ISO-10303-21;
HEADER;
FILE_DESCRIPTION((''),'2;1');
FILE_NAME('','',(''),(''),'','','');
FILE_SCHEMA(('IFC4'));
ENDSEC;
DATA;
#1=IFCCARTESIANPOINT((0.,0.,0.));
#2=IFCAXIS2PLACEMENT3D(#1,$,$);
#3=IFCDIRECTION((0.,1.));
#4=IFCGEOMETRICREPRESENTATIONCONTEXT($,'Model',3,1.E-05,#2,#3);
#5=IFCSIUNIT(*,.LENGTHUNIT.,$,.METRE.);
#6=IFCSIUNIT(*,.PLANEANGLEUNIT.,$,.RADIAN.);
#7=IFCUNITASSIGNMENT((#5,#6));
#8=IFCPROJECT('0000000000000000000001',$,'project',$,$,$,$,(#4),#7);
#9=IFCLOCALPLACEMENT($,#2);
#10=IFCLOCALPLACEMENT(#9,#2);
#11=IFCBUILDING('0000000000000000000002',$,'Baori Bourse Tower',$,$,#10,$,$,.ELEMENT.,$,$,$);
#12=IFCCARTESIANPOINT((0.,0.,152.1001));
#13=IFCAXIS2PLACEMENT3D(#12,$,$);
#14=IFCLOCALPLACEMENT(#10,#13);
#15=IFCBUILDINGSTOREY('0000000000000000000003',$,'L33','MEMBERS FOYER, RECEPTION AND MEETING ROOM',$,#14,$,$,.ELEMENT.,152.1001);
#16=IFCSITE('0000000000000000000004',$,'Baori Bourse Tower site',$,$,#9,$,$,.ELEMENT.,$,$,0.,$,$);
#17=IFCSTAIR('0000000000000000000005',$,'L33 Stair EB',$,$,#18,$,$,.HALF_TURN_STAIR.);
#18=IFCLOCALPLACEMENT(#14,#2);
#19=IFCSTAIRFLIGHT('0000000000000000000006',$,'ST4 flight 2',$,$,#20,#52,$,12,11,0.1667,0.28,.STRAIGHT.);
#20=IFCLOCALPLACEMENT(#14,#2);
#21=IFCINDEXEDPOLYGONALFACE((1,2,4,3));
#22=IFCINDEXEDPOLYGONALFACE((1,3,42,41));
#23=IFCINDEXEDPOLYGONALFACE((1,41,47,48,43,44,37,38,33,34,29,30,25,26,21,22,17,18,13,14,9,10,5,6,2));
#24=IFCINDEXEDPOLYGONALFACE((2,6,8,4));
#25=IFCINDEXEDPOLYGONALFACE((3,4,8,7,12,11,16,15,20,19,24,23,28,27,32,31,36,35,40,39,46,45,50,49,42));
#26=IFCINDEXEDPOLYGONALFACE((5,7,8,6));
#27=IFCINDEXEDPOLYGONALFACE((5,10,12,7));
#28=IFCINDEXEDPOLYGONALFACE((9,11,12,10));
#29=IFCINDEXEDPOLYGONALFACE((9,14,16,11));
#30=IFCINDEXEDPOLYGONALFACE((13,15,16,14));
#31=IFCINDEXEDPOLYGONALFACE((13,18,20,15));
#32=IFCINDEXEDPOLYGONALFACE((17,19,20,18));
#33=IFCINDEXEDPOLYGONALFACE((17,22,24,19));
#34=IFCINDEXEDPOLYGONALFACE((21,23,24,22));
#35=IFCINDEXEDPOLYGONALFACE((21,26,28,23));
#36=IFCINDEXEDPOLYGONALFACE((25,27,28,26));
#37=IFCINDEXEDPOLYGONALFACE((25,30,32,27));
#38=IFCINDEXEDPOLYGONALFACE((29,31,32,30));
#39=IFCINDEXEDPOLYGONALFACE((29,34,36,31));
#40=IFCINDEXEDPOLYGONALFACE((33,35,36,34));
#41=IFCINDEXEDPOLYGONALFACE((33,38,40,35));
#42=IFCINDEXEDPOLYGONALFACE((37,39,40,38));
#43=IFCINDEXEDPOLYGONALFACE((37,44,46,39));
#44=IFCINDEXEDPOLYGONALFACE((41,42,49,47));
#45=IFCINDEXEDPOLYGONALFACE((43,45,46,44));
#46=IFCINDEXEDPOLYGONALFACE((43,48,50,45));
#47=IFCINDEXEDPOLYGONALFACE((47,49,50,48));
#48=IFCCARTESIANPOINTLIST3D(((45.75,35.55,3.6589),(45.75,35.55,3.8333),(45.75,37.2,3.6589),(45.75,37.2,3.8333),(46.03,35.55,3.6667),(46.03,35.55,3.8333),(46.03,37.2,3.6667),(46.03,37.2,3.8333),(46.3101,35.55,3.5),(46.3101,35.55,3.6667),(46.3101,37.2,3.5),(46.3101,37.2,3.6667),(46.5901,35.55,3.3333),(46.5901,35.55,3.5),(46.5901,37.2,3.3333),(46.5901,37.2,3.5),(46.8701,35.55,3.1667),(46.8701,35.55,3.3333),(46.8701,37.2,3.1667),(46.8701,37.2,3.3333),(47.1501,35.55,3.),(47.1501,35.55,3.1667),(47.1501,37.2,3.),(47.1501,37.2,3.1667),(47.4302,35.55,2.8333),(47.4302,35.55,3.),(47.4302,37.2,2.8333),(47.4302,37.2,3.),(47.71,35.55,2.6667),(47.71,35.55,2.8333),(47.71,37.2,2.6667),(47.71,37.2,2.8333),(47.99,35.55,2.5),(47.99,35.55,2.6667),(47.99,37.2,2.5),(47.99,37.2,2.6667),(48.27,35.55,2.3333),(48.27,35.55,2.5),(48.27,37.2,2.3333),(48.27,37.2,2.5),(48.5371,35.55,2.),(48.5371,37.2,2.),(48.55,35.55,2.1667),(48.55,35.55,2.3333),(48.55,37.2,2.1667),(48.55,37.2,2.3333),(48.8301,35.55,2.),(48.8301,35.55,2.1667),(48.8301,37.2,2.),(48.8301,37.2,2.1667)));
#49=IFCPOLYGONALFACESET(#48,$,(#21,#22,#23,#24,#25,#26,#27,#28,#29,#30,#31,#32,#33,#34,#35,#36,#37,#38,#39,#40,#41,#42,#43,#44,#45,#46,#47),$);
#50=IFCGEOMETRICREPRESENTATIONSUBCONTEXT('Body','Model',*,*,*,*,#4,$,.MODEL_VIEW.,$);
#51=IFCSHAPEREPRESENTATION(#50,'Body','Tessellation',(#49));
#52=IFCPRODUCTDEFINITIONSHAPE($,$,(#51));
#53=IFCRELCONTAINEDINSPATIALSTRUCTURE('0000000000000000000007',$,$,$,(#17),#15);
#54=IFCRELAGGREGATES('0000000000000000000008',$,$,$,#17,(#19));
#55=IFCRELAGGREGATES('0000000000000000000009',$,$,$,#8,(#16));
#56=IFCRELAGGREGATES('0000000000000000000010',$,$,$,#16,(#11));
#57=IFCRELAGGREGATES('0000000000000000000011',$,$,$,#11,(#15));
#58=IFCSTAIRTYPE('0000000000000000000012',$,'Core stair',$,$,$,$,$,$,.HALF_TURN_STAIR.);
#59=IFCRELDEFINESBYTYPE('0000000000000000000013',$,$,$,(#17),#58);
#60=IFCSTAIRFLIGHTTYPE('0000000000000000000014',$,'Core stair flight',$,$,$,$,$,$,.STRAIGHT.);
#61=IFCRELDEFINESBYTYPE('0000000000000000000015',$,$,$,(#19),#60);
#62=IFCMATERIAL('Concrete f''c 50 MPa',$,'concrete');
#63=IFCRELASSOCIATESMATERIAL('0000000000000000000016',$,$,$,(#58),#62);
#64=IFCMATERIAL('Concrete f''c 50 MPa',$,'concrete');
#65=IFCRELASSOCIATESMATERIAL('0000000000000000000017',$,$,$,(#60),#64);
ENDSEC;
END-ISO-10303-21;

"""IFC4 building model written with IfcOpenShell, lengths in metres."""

from ifc_helpers import new_model, si_unit, direction, frame, origin, place, context, subcontext, project, spatial, polyline, outline, extrude, material, type_object, element, aggregate, save


model = new_model("IFC4")

# Units and contexts
model_context = context("Model", 3, precision=1e-05, world=origin(), true_north=direction((0.0, 1.0)))
body_context = subcontext(model_context, "Body", "Model", "MODEL_VIEW")
ifc_project = project(units=[si_unit("LENGTHUNIT", "METRE"), si_unit("PLANEANGLEUNIT", "RADIAN")], contexts=[model_context])

# Site, building, storey
site_placement = place(None, origin())
site = spatial("IfcSite", under=ifc_project, at=site_placement, Name="Baori Bourse Tower site", CompositionType="ELEMENT", RefElevation=0.0)
building_placement = place(site_placement, origin())
building = spatial("IfcBuilding", under=site, at=building_placement, Name="Baori Bourse Tower", CompositionType="ELEMENT")
storey_placement = place(building_placement, frame((0.0, 0.0, 152.1001)))
storey = spatial("IfcBuildingStorey", under=building, at=storey_placement, Name="L33", Description="MEMBERS FOYER, RECEPTION AND MEETING ROOM", CompositionType="ELEMENT", Elevation=152.1001)

# Stair, stair flight
ifc_material_1 = material(Name="Concrete f'c 50 MPa", Category="concrete")
stair_type = type_object("IfcStairType", Name="Core stair", PredefinedType="HALF_TURN_STAIR", material=ifc_material_1)
stair_placement = place(storey_placement, origin())
stair = element("IfcStair", 1, at=stair_placement, inside=storey, type_object=stair_type, Name="L33 Stair EB", PredefinedType="HALF_TURN_STAIR")
ifc_material_2 = material(Name="Concrete f'c 50 MPa", Category="concrete")
stair_flight_type = type_object("IfcStairFlightType", Name="Core stair flight", PredefinedType="STRAIGHT", material=ifc_material_2)
stair_flight_1_placement = place(storey_placement, frame((48.8301, 36.375, 2.0), z_axis=(0.0, 0.0, 1.0), x_axis=(-1.0, 0.0, 0.0)))
stair_flight_1 = element("IfcStairFlight", 2, at=stair_flight_1_placement, type_object=stair_flight_type, Name="ST4 flight 2", NumberOfRisers=12, NumberOfTreads=11, PredefinedType="STRAIGHT", RiserHeight=0.1667, TreadLength=0.28, context=body_context, shape_type="SweptSolid", body=[
    extrude(outline(polyline([(0.0, 0.0), (0.0, 0.1667), (0.28, 0.1667), (0.28, 0.3333), (0.5601, 0.3333), (0.5601, 0.5), (0.8401, 0.5), (0.8401, 0.6667), (1.1201, 0.6667), (1.1201, 0.8333), (1.3999, 0.8333), (1.3999, 1.0), (1.6799, 1.0), (1.6799, 1.1667), (1.96, 1.1667), (1.96, 1.3333), (2.24, 1.3333), (2.24, 1.5), (2.52, 1.5), (2.52, 1.6667), (2.8, 1.6667), (2.8, 1.8333), (3.0801, 1.8333), (3.0801, 2.0), (3.0801, 1.6589), (0.293, 0.0), (0.0, 0.0)])), frame((0.0, 0.825, 0.0), z_axis=(0.0, -1.0, 0.0), x_axis=(1.0, 0.0, 0.0)), (0.0, 0.0, 1.0), 1.6499),
])
aggregate(stair, [stair_flight_1])

save(model, "model.ifc")
